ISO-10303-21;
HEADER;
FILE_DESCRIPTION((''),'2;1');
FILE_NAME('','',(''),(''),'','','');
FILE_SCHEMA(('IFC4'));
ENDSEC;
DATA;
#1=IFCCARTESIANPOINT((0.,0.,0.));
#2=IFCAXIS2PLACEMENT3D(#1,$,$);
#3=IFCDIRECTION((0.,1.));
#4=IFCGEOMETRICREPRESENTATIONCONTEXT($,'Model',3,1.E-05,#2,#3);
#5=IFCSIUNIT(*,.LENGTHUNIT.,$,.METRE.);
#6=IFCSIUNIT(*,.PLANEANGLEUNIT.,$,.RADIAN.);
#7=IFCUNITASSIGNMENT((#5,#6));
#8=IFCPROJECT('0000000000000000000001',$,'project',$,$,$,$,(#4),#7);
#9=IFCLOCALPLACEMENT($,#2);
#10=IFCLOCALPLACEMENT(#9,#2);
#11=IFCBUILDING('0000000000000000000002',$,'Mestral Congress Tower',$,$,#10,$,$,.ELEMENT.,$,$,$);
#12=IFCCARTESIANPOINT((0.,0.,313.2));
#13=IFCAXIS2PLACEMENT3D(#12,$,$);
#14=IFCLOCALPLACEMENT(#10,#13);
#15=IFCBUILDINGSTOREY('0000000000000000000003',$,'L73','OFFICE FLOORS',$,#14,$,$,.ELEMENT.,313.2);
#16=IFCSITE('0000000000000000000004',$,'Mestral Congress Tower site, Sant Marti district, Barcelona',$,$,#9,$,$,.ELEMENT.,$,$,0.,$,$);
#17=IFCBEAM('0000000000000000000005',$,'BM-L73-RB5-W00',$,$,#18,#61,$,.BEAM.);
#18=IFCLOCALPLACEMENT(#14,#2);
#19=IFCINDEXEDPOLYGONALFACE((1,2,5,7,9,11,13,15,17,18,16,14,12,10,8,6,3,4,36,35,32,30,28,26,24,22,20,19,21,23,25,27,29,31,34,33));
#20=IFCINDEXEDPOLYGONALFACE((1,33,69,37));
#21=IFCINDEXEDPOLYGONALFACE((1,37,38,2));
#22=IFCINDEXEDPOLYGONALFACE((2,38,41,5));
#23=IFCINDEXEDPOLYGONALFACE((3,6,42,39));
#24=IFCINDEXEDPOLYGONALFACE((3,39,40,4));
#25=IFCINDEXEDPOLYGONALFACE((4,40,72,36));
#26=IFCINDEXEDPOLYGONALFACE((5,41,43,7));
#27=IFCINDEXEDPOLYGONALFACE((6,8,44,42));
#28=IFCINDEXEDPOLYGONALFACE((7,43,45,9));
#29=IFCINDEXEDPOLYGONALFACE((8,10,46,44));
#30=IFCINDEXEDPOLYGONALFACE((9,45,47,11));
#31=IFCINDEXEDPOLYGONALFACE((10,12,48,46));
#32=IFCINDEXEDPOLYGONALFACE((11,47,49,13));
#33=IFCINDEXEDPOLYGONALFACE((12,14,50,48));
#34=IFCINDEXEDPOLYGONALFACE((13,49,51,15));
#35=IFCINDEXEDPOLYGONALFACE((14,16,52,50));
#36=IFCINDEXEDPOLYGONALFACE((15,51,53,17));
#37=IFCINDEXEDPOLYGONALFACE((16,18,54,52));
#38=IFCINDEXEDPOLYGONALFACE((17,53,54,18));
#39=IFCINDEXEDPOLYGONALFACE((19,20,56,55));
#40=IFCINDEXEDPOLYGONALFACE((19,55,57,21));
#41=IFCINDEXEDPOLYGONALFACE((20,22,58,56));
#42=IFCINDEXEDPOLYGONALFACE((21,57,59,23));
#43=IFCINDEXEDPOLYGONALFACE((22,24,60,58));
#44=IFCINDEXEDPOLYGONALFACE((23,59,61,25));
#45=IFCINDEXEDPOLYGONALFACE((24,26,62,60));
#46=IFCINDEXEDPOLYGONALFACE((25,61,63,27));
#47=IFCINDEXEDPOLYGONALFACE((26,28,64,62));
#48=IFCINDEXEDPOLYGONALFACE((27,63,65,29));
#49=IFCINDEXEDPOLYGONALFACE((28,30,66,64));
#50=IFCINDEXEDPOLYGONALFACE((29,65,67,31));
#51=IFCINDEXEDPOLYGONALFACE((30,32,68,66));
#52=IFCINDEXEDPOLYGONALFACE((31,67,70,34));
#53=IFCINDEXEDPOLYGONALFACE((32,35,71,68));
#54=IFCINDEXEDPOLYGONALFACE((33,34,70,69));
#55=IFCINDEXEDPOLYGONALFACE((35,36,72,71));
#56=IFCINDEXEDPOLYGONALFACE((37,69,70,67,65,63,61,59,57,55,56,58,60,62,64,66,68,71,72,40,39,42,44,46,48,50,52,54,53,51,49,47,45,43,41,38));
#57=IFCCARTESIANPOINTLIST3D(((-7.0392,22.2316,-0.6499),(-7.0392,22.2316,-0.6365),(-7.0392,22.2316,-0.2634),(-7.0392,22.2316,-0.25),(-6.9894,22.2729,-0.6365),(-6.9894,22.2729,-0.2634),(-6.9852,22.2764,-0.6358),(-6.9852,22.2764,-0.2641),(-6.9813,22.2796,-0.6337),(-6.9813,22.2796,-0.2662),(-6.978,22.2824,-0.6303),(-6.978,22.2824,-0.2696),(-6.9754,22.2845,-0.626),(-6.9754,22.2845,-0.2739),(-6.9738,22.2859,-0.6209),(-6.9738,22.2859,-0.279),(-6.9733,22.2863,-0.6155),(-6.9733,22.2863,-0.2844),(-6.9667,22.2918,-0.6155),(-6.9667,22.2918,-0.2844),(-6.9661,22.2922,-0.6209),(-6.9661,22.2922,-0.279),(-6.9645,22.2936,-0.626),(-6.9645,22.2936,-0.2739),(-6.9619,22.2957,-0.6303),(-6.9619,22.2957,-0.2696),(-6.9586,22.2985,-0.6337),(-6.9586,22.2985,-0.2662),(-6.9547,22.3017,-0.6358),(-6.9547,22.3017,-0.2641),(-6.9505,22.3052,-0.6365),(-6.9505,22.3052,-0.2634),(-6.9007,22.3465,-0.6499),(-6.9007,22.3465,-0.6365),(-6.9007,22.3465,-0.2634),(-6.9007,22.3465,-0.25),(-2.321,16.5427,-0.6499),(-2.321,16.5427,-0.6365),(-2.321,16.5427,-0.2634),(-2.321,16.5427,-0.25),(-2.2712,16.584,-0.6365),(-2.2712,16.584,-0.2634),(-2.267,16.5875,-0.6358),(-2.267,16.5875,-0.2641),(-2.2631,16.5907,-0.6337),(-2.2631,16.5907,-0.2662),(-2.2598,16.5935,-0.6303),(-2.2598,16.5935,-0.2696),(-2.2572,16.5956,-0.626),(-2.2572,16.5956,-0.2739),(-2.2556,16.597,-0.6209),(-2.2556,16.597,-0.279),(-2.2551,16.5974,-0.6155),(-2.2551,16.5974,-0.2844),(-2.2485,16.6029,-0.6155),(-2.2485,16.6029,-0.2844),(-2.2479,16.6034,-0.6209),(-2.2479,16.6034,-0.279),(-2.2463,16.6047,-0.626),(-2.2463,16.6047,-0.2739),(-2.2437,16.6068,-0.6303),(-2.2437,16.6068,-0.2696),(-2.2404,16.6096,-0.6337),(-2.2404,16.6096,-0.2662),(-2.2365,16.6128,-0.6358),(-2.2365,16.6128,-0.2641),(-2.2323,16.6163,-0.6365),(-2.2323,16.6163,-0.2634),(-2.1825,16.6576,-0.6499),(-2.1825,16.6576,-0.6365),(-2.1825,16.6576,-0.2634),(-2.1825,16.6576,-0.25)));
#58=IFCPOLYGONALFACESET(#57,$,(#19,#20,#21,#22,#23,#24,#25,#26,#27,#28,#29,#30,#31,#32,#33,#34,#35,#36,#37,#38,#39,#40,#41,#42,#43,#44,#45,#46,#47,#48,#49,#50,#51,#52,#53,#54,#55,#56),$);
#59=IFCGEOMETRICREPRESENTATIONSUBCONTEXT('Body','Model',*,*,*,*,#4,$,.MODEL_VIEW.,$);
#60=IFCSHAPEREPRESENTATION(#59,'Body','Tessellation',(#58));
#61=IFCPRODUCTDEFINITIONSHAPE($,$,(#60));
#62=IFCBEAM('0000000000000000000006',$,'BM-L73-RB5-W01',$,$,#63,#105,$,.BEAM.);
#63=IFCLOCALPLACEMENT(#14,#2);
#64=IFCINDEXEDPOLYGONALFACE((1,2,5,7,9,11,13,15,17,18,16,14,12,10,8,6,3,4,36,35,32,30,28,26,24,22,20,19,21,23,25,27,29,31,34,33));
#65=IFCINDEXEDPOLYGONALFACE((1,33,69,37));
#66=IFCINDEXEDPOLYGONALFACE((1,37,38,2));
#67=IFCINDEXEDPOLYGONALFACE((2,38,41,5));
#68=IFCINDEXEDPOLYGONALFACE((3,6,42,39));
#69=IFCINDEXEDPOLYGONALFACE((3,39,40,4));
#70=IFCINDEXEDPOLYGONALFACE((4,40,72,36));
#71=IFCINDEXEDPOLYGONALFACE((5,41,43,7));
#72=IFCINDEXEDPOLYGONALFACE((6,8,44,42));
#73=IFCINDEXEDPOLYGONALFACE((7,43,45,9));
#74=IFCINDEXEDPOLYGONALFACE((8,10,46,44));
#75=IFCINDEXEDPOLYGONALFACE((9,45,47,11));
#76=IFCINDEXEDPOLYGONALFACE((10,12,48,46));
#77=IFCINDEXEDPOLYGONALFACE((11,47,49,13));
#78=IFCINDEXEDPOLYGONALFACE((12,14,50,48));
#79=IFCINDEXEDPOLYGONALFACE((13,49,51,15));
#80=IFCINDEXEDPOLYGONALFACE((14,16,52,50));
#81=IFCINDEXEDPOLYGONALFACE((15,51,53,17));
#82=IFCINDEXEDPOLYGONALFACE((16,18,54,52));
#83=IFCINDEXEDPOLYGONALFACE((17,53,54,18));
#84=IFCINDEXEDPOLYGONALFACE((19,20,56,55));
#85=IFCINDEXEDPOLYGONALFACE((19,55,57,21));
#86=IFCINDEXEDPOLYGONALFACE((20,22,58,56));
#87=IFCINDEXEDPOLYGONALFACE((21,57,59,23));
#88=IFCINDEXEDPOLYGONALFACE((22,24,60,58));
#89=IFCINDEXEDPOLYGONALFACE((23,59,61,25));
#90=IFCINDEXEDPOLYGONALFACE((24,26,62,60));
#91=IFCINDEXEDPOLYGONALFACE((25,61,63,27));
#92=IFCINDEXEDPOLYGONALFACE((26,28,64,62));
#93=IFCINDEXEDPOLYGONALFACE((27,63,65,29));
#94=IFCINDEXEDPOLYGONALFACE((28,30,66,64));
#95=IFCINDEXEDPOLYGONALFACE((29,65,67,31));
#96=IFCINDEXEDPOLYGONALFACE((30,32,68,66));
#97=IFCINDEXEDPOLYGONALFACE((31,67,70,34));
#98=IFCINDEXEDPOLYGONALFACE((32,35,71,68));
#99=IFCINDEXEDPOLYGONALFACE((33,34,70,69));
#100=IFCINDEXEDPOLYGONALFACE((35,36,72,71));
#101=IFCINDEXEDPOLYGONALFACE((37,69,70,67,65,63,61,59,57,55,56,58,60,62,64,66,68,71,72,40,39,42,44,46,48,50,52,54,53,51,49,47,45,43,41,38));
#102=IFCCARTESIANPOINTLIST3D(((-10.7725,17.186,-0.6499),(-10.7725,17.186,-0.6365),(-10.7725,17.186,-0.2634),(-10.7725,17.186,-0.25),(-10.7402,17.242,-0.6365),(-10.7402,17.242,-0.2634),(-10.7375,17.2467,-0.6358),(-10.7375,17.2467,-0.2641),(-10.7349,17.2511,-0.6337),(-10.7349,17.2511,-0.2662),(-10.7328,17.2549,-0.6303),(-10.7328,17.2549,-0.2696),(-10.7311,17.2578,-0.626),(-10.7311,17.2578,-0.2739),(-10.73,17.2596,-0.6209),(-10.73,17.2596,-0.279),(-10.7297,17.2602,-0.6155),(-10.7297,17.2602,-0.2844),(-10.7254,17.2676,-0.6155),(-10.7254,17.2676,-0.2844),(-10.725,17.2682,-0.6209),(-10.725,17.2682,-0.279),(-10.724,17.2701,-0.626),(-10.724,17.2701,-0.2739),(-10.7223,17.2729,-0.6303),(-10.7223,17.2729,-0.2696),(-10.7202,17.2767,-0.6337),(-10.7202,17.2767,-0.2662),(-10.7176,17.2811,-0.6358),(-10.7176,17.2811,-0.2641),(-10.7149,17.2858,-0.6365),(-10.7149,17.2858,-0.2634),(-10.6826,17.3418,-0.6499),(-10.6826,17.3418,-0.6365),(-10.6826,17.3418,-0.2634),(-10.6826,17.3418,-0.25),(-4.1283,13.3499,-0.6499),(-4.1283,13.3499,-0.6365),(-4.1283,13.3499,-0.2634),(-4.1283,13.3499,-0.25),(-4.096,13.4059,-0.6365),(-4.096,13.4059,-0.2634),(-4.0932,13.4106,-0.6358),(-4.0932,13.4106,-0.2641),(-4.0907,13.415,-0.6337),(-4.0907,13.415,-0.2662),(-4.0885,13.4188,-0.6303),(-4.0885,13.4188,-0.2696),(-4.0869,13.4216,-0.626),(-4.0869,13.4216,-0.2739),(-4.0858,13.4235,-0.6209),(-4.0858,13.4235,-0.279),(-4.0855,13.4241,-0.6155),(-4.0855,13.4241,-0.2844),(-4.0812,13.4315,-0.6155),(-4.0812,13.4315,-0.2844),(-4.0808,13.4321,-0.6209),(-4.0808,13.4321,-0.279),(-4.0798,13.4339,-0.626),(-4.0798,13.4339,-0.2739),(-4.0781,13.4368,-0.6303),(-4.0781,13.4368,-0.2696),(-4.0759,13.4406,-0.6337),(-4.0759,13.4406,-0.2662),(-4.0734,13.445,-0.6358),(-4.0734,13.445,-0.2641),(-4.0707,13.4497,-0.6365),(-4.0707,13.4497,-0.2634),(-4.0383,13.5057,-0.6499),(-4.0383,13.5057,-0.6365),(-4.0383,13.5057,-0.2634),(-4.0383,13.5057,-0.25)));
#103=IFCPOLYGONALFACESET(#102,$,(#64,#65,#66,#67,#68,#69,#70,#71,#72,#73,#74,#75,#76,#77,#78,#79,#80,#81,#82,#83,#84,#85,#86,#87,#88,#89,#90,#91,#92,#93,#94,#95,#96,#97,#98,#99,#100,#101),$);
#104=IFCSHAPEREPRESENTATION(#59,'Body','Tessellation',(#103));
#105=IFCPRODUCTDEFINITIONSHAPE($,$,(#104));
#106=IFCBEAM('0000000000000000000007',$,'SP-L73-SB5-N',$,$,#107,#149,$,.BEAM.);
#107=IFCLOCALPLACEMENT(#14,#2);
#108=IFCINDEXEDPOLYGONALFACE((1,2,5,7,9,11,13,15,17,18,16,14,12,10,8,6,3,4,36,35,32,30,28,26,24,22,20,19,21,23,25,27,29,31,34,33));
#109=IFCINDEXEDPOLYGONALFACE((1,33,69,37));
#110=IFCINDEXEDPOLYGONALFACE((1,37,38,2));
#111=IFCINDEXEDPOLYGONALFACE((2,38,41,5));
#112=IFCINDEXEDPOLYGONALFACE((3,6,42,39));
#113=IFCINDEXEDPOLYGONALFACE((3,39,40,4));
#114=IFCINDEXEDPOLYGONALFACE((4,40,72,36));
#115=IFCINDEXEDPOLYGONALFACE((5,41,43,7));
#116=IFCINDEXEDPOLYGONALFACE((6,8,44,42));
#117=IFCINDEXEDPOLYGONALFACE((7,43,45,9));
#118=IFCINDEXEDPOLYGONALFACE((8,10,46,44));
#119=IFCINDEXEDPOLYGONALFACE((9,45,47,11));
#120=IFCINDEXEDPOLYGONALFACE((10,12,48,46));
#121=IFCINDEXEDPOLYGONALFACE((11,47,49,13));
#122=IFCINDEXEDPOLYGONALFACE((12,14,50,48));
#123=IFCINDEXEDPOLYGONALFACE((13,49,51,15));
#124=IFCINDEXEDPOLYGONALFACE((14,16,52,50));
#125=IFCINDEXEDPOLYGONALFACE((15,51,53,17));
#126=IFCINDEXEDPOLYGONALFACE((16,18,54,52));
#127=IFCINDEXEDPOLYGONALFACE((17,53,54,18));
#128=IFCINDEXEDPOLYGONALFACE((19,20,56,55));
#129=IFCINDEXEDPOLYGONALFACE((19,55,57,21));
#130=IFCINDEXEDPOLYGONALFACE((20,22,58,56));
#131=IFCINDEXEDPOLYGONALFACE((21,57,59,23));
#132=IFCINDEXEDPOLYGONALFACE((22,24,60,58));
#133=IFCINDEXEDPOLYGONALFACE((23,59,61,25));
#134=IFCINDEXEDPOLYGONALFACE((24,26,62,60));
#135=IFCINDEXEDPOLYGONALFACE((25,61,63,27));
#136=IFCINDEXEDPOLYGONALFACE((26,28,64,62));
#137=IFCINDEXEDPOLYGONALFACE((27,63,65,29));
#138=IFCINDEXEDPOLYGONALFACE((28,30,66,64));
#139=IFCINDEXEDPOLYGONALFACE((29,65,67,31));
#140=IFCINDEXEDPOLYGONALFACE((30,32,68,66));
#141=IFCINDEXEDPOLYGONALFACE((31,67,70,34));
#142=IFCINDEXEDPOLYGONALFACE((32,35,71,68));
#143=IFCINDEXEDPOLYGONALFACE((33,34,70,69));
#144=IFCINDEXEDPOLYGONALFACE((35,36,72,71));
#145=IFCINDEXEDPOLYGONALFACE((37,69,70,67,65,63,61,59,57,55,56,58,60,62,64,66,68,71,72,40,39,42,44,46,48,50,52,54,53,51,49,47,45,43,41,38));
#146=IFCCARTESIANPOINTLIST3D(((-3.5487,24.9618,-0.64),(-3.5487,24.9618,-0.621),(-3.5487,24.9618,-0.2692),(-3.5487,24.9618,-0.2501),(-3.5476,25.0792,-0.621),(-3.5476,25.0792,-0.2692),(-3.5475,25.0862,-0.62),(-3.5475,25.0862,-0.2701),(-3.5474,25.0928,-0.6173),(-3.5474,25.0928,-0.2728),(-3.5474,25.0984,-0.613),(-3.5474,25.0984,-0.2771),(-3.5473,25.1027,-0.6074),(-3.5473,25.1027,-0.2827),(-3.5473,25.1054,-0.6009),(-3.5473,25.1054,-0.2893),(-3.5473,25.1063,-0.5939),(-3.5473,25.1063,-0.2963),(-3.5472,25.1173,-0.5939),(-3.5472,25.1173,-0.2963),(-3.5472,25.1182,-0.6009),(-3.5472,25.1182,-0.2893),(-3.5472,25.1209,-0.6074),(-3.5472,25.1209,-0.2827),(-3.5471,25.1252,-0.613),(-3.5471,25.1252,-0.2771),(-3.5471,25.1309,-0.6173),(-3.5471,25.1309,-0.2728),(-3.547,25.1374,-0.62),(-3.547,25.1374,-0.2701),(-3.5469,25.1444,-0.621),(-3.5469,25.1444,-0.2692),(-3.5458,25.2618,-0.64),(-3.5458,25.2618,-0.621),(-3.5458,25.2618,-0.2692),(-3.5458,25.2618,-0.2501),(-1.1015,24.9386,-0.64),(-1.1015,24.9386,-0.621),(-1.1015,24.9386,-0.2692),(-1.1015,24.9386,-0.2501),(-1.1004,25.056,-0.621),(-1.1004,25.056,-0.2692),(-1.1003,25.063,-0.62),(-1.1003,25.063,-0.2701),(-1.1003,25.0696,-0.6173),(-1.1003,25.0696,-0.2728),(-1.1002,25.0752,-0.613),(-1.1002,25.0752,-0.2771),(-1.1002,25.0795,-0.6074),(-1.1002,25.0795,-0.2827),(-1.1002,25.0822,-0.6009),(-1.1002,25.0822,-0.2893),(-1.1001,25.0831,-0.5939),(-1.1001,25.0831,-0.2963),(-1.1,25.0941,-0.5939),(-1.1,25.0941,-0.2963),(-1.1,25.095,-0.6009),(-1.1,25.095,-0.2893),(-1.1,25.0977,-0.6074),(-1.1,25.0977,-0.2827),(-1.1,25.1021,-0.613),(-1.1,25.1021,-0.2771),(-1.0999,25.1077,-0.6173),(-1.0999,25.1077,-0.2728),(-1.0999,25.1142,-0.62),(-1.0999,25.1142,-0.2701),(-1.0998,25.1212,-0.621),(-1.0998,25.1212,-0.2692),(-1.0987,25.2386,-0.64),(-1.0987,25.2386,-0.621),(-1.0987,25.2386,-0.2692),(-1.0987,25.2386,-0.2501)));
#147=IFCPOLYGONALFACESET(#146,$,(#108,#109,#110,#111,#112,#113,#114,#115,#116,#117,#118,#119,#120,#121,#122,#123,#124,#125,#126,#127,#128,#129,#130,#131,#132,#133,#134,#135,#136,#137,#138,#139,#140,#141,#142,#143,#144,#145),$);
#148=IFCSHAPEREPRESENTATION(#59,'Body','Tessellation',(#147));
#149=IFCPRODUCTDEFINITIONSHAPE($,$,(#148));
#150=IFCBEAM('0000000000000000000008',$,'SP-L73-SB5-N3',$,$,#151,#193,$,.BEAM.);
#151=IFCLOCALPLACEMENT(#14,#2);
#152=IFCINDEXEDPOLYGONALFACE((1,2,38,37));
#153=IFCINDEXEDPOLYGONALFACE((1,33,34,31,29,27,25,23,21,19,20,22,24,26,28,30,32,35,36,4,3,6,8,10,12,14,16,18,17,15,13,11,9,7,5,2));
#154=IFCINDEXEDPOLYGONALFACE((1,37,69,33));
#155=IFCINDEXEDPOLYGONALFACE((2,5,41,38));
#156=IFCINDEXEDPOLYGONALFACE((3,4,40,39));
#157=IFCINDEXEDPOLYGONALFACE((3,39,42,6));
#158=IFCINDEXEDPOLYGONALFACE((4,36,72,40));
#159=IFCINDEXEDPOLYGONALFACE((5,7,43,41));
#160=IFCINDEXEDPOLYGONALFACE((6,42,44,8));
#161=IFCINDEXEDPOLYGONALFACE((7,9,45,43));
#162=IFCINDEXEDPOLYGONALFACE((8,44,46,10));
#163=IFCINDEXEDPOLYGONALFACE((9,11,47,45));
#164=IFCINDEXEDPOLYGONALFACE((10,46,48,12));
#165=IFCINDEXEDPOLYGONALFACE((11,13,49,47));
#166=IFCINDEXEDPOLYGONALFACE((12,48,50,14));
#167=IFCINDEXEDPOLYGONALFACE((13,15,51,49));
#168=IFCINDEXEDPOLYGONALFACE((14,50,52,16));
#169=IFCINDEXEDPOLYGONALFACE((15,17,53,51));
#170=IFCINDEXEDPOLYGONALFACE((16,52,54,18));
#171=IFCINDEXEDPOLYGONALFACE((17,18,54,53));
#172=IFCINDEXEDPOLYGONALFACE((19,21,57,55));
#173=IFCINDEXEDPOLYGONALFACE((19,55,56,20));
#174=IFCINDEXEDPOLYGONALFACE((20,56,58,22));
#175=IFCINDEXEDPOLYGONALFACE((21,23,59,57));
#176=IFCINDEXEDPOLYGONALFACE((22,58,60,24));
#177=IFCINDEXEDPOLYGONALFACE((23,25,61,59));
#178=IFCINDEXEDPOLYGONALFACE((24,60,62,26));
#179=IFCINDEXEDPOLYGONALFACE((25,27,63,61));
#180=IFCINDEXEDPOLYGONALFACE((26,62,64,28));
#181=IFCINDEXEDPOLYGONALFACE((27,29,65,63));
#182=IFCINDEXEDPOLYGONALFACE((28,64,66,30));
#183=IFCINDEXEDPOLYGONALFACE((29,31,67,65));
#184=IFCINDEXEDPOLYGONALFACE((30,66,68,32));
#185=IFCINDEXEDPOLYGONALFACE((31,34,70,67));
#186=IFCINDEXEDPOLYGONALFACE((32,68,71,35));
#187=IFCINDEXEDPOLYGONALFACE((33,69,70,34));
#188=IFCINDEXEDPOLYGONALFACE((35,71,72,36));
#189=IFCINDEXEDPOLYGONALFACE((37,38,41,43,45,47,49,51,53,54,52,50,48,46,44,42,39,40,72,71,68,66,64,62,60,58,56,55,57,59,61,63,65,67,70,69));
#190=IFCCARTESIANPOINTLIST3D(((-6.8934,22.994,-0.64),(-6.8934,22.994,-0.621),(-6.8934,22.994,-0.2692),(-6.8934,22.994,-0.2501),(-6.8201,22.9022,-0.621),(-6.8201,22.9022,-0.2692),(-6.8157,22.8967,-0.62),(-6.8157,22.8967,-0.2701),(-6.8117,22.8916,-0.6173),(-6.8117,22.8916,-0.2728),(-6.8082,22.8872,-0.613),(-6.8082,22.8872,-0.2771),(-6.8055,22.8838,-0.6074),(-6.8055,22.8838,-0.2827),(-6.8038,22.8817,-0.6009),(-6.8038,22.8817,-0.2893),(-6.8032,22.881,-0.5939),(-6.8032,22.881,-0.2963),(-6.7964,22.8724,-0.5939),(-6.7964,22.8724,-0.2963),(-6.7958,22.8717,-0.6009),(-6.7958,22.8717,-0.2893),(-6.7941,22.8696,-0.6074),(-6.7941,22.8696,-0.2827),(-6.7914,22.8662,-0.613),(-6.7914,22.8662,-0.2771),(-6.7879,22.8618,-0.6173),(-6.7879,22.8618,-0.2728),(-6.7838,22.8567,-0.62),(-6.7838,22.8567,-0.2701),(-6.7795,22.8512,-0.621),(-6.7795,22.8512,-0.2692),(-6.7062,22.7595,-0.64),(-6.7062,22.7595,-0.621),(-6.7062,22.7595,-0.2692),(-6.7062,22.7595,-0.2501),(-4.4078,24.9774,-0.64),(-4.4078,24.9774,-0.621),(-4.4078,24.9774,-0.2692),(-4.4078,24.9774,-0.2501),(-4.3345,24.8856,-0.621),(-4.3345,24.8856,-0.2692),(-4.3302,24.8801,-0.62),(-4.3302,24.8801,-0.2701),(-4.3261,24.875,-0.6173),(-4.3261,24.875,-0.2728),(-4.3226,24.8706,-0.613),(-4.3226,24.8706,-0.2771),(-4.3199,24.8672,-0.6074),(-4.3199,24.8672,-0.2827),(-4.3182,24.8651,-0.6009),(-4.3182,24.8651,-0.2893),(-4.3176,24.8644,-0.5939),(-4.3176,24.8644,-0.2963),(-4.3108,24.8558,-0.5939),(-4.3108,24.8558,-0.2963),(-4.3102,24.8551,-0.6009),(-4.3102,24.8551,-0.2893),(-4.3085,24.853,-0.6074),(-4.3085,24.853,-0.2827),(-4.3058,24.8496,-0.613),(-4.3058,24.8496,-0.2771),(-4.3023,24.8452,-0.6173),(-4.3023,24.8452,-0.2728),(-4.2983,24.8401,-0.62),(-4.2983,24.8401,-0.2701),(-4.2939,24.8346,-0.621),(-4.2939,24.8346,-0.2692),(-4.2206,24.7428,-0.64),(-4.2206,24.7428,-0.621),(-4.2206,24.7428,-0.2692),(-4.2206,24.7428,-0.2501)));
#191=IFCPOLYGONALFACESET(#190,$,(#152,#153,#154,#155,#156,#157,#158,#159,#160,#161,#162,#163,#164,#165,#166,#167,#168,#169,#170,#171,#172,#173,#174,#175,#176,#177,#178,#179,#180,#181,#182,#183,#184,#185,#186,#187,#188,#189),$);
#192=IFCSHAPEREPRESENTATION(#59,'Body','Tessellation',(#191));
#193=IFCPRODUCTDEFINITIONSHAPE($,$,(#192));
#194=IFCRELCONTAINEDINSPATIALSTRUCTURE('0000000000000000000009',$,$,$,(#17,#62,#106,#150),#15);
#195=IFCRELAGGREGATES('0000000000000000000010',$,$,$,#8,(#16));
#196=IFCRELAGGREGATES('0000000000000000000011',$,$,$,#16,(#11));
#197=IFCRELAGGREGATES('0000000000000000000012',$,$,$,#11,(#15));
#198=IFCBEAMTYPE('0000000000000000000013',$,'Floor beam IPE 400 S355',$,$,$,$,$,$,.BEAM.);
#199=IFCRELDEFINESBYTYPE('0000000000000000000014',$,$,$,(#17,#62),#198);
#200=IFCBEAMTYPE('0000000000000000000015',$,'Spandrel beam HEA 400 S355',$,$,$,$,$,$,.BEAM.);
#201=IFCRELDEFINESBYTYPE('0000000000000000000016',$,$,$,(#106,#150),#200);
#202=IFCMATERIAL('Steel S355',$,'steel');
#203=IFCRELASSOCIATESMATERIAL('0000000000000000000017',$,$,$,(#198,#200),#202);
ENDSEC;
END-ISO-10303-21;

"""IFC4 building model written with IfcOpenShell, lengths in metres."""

from ifc_helpers import new_model, si_unit, direction, frame, origin, origin_2d, place, context, subcontext, project, spatial, i_section, extrude, material, material_profile, profile_set, type_object, element, save


model = new_model("IFC4")

# Units and contexts
model_context = context("Model", 3, precision=1e-05, world=origin(), true_north=direction((0.0, 1.0)))
body_context = subcontext(model_context, "Body", "Model", "MODEL_VIEW")
ifc_project = project(units=[si_unit("LENGTHUNIT", "METRE"), si_unit("PLANEANGLEUNIT", "RADIAN")], contexts=[model_context])

# Site, building, storey
site_placement = place(None, origin())
site = spatial("IfcSite", under=ifc_project, at=site_placement, Name="Mestral Congress Tower site, Sant Marti district, Barcelona", CompositionType="ELEMENT", RefElevation=0.0)
building_placement = place(site_placement, origin())
building = spatial("IfcBuilding", under=site, at=building_placement, Name="Mestral Congress Tower", CompositionType="ELEMENT")
storey_placement = place(building_placement, frame((0.0, 0.0, 313.2)))
storey = spatial("IfcBuildingStorey", under=building, at=storey_placement, Name="L73", Description="OFFICE FLOORS", CompositionType="ELEMENT", Elevation=313.2)

# Beams
ifc_material_1 = material(Name="Steel S355", Category="steel")
ifc_material_profile_1 = material_profile(ifc_material_1, i_section(OverallWidth=0.1799, OverallDepth=0.3999, WebThickness=0.0085, FlangeThickness=0.0134, FilletRadius=0.021, at=origin_2d()), Name="IPE 400")
ifc_profile_set_1 = profile_set([ifc_material_profile_1], Name="Steel S355")
beam_type_1 = type_object("IfcBeamType", Name="Floor beam IPE 400 S355", PredefinedType="BEAM", material=ifc_profile_set_1)
beam_1_placement = place(storey_placement, frame((-6.97, 22.2891, -0.45), z_axis=(0.638383, -0.769719, 0.0), x_axis=(0.769719, 0.638383, 0.0)))
element("IfcBeam", 1, at=beam_1_placement, inside=storey, type_object=beam_type_1, Name="BM-L73-RB5-W00", PredefinedType="BEAM", context=body_context, shape_type="SweptSolid", body=[
    extrude(i_section(OverallWidth=0.1799, OverallDepth=0.3999, WebThickness=0.0085, FlangeThickness=0.0134, FilletRadius=0.021, at=origin_2d()), origin(), (0.0, 0.0, 1.0), 7.3909),
])
beam_2_placement = place(storey_placement, frame((-10.7275, 17.2639, -0.45), z_axis=(0.86602, -0.50001, 0.0), x_axis=(0.50001, 0.86602, 0.0)))
element("IfcBeam", 2, at=beam_2_placement, inside=storey, type_object=beam_type_1, Name="BM-L73-RB5-W01", PredefinedType="BEAM", context=body_context, shape_type="SweptSolid", body=[
    extrude(i_section(OverallWidth=0.1799, OverallDepth=0.3999, WebThickness=0.0085, FlangeThickness=0.0134, FilletRadius=0.021, at=origin_2d()), origin(), (0.0, 0.0, 1.0), 7.6721),
])
ifc_material_profile_2 = material_profile(ifc_material_1, i_section(OverallWidth=0.3, OverallDepth=0.3899, WebThickness=0.011, FlangeThickness=0.019, FilletRadius=0.0271, at=origin_2d()), Name="HEA 400")
ifc_profile_set_2 = profile_set([ifc_material_profile_2], Name="Steel S355")
beam_type_2 = type_object("IfcBeamType", Name="Spandrel beam HEA 400 S355", PredefinedType="BEAM", material=ifc_profile_set_2)
beam_3_placement = place(storey_placement, frame((-1.1001, 25.0886, -0.4451), z_axis=(-0.999955, 0.009477, 0.0), x_axis=(-0.009477, -0.999955, 0.0)))
element("IfcBeam", 3, at=beam_3_placement, inside=storey, type_object=beam_type_2, Name="SP-L73-SB5-N", PredefinedType="BEAM", context=body_context, shape_type="SweptSolid", body=[
    extrude(i_section(OverallWidth=0.3, OverallDepth=0.3899, WebThickness=0.011, FlangeThickness=0.019, FilletRadius=0.0271, at=origin_2d()), origin(), (0.0, 0.0, 1.0), 2.4473),
])
beam_4_placement = place(storey_placement, frame((-4.3142, 24.8601, -0.4451), z_axis=(-0.781647, -0.623721, 0.0), x_axis=(0.623721, -0.781647, 0.0)))
element("IfcBeam", 4, at=beam_4_placement, inside=storey, type_object=beam_type_2, Name="SP-L73-SB5-N3", PredefinedType="BEAM", context=body_context, shape_type="SweptSolid", body=[
    extrude(i_section(OverallWidth=0.3, OverallDepth=0.3899, WebThickness=0.011, FlangeThickness=0.019, FilletRadius=0.0271, at=origin_2d()), origin(), (0.0, 0.0, 1.0), 3.1799),
])

save(model, "model.ifc")
